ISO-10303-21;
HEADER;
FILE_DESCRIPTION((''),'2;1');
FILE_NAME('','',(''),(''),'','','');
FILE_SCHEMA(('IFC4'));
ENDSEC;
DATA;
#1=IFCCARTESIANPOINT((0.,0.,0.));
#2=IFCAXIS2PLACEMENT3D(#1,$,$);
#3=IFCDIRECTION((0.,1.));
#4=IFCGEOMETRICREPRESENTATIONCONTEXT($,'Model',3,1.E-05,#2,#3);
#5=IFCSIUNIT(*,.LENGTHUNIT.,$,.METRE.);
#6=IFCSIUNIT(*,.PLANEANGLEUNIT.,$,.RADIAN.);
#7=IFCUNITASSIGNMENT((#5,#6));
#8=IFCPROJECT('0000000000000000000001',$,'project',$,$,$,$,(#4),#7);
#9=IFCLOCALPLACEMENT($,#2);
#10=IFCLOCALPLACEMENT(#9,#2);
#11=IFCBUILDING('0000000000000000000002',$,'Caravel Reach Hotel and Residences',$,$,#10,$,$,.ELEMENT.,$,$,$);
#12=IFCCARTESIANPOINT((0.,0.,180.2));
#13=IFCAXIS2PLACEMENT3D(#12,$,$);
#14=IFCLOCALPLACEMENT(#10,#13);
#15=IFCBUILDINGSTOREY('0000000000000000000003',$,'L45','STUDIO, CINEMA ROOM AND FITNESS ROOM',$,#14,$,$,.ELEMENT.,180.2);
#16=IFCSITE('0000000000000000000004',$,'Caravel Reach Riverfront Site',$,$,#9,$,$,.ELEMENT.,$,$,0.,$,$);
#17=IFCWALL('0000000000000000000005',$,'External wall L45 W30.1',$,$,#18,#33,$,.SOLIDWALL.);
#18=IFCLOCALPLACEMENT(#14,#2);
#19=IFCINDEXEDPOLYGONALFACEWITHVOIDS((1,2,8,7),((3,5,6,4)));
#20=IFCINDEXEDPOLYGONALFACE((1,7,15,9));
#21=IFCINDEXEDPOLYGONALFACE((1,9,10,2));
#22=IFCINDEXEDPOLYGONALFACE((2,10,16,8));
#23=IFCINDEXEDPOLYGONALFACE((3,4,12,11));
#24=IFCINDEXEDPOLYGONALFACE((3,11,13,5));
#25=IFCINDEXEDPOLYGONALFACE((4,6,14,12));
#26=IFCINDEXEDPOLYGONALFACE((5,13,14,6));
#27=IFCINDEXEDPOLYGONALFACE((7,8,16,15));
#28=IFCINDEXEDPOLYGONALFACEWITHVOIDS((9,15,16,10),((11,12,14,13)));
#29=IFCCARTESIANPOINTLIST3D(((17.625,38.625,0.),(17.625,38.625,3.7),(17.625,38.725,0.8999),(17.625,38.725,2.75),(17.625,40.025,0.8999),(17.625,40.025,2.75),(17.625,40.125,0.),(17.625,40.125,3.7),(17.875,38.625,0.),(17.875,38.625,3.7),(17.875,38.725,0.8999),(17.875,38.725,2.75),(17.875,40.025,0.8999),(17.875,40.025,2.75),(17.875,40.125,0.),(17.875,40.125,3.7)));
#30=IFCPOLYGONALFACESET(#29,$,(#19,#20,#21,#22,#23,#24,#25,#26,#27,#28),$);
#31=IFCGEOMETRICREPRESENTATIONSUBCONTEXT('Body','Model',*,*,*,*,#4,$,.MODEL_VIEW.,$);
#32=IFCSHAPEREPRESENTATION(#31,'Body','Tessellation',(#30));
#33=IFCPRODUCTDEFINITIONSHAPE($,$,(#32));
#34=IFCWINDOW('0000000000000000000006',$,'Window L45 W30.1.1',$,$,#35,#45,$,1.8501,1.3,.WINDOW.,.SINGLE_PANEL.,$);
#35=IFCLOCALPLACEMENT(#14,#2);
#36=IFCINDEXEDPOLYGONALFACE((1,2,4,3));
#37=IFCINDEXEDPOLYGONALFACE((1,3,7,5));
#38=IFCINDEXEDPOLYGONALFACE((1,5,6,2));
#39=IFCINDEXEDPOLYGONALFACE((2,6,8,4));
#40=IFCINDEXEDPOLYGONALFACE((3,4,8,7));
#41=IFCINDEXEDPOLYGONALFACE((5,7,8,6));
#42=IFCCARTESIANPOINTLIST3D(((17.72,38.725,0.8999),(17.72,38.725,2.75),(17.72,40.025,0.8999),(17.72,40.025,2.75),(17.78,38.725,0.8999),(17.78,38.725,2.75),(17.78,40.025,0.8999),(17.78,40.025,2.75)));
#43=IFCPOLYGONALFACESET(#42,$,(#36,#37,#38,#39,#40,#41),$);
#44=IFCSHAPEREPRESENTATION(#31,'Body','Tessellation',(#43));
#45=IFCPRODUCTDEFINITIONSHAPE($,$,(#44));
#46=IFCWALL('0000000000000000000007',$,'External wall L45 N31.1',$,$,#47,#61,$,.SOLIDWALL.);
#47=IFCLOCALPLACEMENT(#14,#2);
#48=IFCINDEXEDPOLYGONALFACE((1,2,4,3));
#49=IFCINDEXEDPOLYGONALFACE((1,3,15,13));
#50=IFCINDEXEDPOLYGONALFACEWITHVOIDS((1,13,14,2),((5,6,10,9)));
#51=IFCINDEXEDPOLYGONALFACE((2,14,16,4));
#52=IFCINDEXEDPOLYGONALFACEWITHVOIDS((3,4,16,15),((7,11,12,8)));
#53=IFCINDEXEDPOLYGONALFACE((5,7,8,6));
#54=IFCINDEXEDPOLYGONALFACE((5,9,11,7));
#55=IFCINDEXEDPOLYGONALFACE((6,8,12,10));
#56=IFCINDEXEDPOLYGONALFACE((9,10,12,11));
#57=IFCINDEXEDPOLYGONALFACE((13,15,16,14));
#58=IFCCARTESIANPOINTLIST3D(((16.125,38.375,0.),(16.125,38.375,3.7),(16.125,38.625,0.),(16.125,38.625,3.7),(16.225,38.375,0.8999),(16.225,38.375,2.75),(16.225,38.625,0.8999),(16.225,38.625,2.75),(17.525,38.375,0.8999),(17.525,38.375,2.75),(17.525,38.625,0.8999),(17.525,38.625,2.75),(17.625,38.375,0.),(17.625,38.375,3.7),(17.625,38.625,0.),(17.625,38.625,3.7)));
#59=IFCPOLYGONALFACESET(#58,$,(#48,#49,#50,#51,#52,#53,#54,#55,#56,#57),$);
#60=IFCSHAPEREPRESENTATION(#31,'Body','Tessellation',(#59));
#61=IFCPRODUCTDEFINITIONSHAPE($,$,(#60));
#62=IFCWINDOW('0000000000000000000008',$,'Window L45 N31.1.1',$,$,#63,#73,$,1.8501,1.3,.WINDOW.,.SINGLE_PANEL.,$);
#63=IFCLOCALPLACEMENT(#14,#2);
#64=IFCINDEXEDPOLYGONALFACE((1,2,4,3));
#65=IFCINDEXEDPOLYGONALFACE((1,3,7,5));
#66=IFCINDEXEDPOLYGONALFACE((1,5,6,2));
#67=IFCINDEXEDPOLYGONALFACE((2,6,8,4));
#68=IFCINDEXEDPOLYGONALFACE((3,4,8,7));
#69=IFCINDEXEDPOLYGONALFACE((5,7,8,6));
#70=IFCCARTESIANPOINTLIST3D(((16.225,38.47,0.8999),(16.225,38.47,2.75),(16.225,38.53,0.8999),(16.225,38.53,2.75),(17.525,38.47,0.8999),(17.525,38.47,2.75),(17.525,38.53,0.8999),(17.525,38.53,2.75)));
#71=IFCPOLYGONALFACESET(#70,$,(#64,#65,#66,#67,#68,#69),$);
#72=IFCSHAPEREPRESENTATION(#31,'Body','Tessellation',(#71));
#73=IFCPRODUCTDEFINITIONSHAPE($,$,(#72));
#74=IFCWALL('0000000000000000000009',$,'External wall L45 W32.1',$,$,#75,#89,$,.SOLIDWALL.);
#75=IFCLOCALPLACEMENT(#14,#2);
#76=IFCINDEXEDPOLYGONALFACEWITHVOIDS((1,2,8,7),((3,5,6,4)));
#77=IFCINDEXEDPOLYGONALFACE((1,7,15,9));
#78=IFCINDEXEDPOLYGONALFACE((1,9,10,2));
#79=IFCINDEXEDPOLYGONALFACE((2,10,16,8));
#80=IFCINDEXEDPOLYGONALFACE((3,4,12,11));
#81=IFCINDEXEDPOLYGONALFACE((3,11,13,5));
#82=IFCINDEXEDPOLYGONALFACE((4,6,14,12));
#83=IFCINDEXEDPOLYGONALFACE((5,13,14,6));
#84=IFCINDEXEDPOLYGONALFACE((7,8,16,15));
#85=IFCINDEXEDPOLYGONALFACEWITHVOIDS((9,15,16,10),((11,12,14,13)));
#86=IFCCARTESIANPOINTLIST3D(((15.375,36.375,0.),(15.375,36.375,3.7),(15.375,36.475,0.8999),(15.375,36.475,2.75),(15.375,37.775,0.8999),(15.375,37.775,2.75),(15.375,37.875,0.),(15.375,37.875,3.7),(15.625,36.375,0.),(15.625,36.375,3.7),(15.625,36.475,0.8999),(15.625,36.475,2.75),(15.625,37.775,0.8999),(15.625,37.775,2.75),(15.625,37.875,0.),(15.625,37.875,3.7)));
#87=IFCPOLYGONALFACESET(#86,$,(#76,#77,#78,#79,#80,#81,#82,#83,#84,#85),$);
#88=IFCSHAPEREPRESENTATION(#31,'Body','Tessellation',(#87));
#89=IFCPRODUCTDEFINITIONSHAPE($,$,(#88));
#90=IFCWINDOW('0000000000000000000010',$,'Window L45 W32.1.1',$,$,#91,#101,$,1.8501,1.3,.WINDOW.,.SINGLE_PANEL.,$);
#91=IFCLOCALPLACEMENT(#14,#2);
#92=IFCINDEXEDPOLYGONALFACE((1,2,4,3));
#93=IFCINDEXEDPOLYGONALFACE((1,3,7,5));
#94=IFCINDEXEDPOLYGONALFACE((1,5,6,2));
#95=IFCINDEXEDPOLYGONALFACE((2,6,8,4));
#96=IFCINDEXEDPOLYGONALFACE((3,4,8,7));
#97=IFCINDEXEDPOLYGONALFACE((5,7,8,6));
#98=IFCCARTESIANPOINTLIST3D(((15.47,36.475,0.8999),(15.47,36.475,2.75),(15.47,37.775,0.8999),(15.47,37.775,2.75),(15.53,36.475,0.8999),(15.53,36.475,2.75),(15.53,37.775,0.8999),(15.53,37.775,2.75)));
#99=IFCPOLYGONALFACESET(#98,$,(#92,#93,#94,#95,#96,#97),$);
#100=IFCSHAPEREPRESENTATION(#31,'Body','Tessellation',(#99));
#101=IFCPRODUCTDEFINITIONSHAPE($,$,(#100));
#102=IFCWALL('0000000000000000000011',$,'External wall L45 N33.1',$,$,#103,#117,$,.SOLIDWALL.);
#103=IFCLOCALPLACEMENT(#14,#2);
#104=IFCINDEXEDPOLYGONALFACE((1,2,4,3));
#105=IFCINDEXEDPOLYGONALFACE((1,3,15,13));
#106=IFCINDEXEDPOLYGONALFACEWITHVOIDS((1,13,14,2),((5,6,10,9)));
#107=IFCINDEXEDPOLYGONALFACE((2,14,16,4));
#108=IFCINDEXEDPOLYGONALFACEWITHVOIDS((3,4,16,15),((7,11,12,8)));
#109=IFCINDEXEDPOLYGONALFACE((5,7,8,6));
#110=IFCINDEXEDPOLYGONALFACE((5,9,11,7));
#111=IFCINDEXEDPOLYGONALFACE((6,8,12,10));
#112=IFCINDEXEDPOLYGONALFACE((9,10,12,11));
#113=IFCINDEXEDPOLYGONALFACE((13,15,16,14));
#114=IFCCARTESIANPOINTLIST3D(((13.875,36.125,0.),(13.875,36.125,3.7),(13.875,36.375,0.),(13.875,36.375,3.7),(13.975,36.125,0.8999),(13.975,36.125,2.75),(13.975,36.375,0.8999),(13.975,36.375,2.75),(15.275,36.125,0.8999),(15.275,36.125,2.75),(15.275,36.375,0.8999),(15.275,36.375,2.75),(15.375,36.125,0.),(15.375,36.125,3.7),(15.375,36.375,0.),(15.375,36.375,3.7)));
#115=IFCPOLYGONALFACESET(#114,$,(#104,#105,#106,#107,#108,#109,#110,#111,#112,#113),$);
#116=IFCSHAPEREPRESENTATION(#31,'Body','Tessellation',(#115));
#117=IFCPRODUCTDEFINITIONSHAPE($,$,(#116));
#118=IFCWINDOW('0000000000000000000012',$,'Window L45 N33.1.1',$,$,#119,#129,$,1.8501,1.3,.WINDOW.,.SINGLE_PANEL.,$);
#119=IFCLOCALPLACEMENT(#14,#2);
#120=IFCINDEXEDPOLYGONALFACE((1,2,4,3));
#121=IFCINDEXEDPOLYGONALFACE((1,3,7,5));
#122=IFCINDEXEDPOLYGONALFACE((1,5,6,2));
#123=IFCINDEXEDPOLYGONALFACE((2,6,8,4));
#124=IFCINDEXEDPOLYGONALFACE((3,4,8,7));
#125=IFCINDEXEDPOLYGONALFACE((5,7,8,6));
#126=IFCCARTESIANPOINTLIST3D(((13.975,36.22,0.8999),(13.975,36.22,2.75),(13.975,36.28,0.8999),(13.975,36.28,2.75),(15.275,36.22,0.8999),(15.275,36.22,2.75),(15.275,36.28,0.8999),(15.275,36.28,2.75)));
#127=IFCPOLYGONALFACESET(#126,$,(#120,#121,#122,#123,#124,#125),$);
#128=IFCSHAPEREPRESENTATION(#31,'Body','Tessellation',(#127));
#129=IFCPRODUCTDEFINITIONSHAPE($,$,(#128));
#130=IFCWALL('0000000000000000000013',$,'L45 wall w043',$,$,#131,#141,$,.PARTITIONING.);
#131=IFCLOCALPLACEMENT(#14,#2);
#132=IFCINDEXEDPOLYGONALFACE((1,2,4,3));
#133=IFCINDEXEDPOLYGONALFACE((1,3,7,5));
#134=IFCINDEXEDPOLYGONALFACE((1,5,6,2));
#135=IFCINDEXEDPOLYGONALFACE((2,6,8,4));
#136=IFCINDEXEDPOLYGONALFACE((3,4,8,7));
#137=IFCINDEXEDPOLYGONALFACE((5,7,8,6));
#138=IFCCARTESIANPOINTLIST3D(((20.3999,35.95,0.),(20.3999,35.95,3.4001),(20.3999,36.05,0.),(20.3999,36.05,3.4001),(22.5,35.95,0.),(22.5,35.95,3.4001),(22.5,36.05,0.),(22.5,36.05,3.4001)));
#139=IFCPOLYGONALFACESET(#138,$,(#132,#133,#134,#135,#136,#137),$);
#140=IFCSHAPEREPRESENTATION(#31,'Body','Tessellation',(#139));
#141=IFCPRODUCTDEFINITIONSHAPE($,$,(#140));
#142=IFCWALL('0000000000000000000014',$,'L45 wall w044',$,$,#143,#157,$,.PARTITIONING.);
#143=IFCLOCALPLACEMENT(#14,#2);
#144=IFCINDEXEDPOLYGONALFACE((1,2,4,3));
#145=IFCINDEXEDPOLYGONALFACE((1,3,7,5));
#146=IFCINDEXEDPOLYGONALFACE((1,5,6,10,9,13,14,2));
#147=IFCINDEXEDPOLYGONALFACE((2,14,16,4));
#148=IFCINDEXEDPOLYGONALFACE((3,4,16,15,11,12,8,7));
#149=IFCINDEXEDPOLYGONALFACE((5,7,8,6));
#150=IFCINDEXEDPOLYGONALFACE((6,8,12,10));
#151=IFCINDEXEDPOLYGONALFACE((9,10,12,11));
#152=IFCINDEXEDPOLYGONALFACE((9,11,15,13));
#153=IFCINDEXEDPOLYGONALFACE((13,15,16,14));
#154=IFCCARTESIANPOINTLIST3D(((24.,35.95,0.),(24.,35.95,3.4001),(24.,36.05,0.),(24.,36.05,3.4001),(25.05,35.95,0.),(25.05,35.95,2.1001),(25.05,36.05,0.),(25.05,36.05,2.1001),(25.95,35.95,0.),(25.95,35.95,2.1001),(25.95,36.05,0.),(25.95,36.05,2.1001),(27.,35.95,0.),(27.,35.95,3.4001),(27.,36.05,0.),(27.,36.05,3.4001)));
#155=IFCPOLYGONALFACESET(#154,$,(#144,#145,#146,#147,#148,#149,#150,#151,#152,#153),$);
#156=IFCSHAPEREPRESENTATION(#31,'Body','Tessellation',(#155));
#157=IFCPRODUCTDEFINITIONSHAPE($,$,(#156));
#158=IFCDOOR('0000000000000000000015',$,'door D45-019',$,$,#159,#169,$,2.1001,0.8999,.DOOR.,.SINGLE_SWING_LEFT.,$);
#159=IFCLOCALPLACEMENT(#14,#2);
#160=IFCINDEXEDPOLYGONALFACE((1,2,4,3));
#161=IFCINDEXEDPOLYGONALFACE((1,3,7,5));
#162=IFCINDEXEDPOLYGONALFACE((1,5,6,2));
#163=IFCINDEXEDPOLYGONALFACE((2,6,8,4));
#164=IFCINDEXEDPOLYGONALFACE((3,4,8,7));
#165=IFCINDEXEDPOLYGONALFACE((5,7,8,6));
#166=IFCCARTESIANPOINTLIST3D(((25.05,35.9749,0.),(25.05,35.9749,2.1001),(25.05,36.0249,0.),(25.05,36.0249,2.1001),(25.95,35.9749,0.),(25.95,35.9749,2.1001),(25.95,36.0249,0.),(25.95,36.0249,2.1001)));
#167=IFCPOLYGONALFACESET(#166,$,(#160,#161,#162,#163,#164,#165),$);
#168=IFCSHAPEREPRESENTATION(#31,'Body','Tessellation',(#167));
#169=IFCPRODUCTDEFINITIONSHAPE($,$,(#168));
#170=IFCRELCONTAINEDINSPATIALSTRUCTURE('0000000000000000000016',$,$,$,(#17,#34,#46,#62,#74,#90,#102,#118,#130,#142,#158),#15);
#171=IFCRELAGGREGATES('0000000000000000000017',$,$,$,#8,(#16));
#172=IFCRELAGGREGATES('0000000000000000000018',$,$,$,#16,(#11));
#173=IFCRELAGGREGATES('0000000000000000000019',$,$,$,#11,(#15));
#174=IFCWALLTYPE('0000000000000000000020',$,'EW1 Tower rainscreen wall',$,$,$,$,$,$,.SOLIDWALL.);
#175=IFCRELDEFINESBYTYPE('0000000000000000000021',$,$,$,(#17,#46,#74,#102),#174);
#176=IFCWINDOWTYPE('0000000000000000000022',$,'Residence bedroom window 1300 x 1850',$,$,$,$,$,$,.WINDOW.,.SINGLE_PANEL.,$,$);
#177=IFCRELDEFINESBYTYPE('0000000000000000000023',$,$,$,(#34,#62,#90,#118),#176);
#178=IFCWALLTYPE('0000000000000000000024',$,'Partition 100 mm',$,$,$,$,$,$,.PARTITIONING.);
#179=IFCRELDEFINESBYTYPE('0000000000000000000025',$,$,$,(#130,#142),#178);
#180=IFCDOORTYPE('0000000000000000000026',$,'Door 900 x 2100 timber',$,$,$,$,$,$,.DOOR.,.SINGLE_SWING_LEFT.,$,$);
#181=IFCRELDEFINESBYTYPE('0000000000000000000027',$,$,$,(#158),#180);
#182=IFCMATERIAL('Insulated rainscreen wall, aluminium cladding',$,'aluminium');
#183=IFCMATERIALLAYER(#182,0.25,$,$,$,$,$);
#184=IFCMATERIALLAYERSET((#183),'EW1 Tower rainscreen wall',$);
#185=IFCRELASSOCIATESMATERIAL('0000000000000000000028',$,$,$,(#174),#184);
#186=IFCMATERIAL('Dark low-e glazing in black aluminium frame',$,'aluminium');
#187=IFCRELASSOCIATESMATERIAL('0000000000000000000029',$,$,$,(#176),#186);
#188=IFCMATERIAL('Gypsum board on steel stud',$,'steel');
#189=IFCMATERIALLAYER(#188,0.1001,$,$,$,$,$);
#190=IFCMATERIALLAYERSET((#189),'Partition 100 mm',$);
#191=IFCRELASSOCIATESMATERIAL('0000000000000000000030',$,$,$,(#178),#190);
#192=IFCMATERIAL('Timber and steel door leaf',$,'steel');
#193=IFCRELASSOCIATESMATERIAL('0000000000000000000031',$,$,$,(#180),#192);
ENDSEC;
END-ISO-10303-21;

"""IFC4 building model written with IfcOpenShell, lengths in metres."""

from ifc_helpers import new_model, si_unit, direction, frame, frame_2d, origin, place, context, subcontext, project, spatial, rectangle, extrude, material, layer, layer_set, type_object, element, fill, save


model = new_model("IFC4")

# Units and contexts
model_context = context("Model", 3, precision=1e-05, world=origin(), true_north=direction((0.0, 1.0)))
body_context = subcontext(model_context, "Body", "Model", "MODEL_VIEW")
ifc_project = project(units=[si_unit("LENGTHUNIT", "METRE"), si_unit("PLANEANGLEUNIT", "RADIAN")], contexts=[model_context])

# Site, building, storey
site_placement = place(None, origin())
site = spatial("IfcSite", under=ifc_project, at=site_placement, Name="Caravel Reach Riverfront Site", CompositionType="ELEMENT", RefElevation=0.0)
building_placement = place(site_placement, origin())
building = spatial("IfcBuilding", under=site, at=building_placement, Name="Caravel Reach Hotel and Residences", CompositionType="ELEMENT")
storey_placement = place(building_placement, frame((0.0, 0.0, 180.2)))
storey = spatial("IfcBuildingStorey", under=building, at=storey_placement, Name="L45", Description="STUDIO, CINEMA ROOM AND FITNESS ROOM", CompositionType="ELEMENT", Elevation=180.2)

# Shared definitions
ifc_material_1 = material(Name="Insulated rainscreen wall, aluminium cladding", Category="aluminium")
ifc_layer_1 = layer(ifc_material_1, 0.25)
ifc_layer_set_1 = layer_set([ifc_layer_1], Name="EW1 Tower rainscreen wall")
wall_type_1 = type_object("IfcWallType", Name="EW1 Tower rainscreen wall", PredefinedType="SOLIDWALL", material=ifc_layer_set_1)

# Walls, openings, windows
wall_1_placement = place(storey_placement, frame((17.75, 40.125, 0.0), z_axis=(0.0, 0.0, 1.0), x_axis=(0.0, -1.0, 0.0)))
wall_1 = element("IfcWall", 1, at=wall_1_placement, inside=storey, type_object=wall_type_1, Name="External wall L45 W30.1", PredefinedType="SOLIDWALL", context=body_context, shape_type="SweptSolid", body=[
    extrude(rectangle(XDim=1.5, YDim=0.25, at=frame_2d((0.75, 0.0))), origin(), (0.0, 0.0, 1.0), 3.7),
])
opening_1_placement = place(wall_1_placement, frame((0.1001, 0.0, 0.8999)))
opening_1 = element("IfcOpeningElement", 2, at=opening_1_placement, cuts=wall_1, PredefinedType="OPENING", context=body_context, shape_type="SweptSolid", body=[
    extrude(rectangle(XDim=1.3, YDim=1.8501, at=frame_2d((0.6499, 0.925))), frame((0.0, 0.135, 0.0), z_axis=(0.0, -1.0, 0.0), x_axis=(1.0, 0.0, 0.0)), (0.0, 0.0, 1.0), 0.27),
])
ifc_material_2 = material(Name="Dark low-e glazing in black aluminium frame", Category="aluminium")
window_type_1 = type_object("IfcWindowType", Name="Residence bedroom window 1300 x 1850", PartitioningType="SINGLE_PANEL", PredefinedType="WINDOW", material=ifc_material_2)
window_1_placement = place(opening_1_placement, origin())
window_1 = element("IfcWindow", 3, at=window_1_placement, inside=storey, type_object=window_type_1, Name="Window L45 W30.1.1", OverallHeight=1.8501, OverallWidth=1.3, PartitioningType="SINGLE_PANEL", PredefinedType="WINDOW", context=body_context, shape_type="SweptSolid", body=[
    extrude(rectangle(XDim=1.3, YDim=1.8501, at=frame_2d((0.6499, 0.925))), frame((0.0, 0.03, 0.0), z_axis=(0.0, -1.0, 0.0), x_axis=(1.0, 0.0, 0.0)), (0.0, 0.0, 1.0), 0.0601),
])
fill(opening_1, window_1)
wall_2_placement = place(storey_placement, frame((17.625, 38.5, 0.0), z_axis=(0.0, 0.0, 1.0), x_axis=(-1.0, 0.0, 0.0)))
wall_2 = element("IfcWall", 4, at=wall_2_placement, inside=storey, type_object=wall_type_1, Name="External wall L45 N31.1", PredefinedType="SOLIDWALL", context=body_context, shape_type="SweptSolid", body=[
    extrude(rectangle(XDim=1.5, YDim=0.25, at=frame_2d((0.75, 0.0))), origin(), (0.0, 0.0, 1.0), 3.7),
])
opening_2_placement = place(wall_2_placement, frame((0.1001, 0.0, 0.8999)))
opening_2 = element("IfcOpeningElement", 5, at=opening_2_placement, cuts=wall_2, PredefinedType="OPENING", context=body_context, shape_type="SweptSolid", body=[
    extrude(rectangle(XDim=1.3, YDim=1.8501, at=frame_2d((0.6499, 0.925))), frame((0.0, 0.135, 0.0), z_axis=(0.0, -1.0, 0.0), x_axis=(1.0, 0.0, 0.0)), (0.0, 0.0, 1.0), 0.27),
])
window_2_placement = place(opening_2_placement, origin())
window_2 = element("IfcWindow", 6, at=window_2_placement, inside=storey, type_object=window_type_1, Name="Window L45 N31.1.1", OverallHeight=1.8501, OverallWidth=1.3, PartitioningType="SINGLE_PANEL", PredefinedType="WINDOW", context=body_context, shape_type="SweptSolid", body=[
    extrude(rectangle(XDim=1.3, YDim=1.8501, at=frame_2d((0.6499, 0.925))), frame((0.0, 0.03, 0.0), z_axis=(0.0, -1.0, 0.0), x_axis=(1.0, 0.0, 0.0)), (0.0, 0.0, 1.0), 0.0601),
])
fill(opening_2, window_2)
wall_3_placement = place(storey_placement, frame((15.5, 37.875, 0.0), z_axis=(0.0, 0.0, 1.0), x_axis=(0.0, -1.0, 0.0)))
wall_3 = element("IfcWall", 7, at=wall_3_placement, inside=storey, type_object=wall_type_1, Name="External wall L45 W32.1", PredefinedType="SOLIDWALL", context=body_context, shape_type="SweptSolid", body=[
    extrude(rectangle(XDim=1.5, YDim=0.25, at=frame_2d((0.75, 0.0))), origin(), (0.0, 0.0, 1.0), 3.7),
])
opening_3_placement = place(wall_3_placement, frame((0.1001, 0.0, 0.8999)))
opening_3 = element("IfcOpeningElement", 8, at=opening_3_placement, cuts=wall_3, PredefinedType="OPENING", context=body_context, shape_type="SweptSolid", body=[
    extrude(rectangle(XDim=1.3, YDim=1.8501, at=frame_2d((0.6499, 0.925))), frame((0.0, 0.135, 0.0), z_axis=(0.0, -1.0, 0.0), x_axis=(1.0, 0.0, 0.0)), (0.0, 0.0, 1.0), 0.27),
])
window_3_placement = place(opening_3_placement, origin())
window_3 = element("IfcWindow", 9, at=window_3_placement, inside=storey, type_object=window_type_1, Name="Window L45 W32.1.1", OverallHeight=1.8501, OverallWidth=1.3, PartitioningType="SINGLE_PANEL", PredefinedType="WINDOW", context=body_context, shape_type="SweptSolid", body=[
    extrude(rectangle(XDim=1.3, YDim=1.8501, at=frame_2d((0.6499, 0.925))), frame((0.0, 0.03, 0.0), z_axis=(0.0, -1.0, 0.0), x_axis=(1.0, 0.0, 0.0)), (0.0, 0.0, 1.0), 0.0601),
])
fill(opening_3, window_3)
wall_4_placement = place(storey_placement, frame((15.375, 36.25, 0.0), z_axis=(0.0, 0.0, 1.0), x_axis=(-1.0, 0.0, 0.0)))
wall_4 = element("IfcWall", 10, at=wall_4_placement, inside=storey, type_object=wall_type_1, Name="External wall L45 N33.1", PredefinedType="SOLIDWALL", context=body_context, shape_type="SweptSolid", body=[
    extrude(rectangle(XDim=1.5, YDim=0.25, at=frame_2d((0.75, 0.0))), origin(), (0.0, 0.0, 1.0), 3.7),
])
opening_4_placement = place(wall_4_placement, frame((0.1001, 0.0, 0.8999)))
opening_4 = element("IfcOpeningElement", 11, at=opening_4_placement, cuts=wall_4, PredefinedType="OPENING", context=body_context, shape_type="SweptSolid", body=[
    extrude(rectangle(XDim=1.3, YDim=1.8501, at=frame_2d((0.6499, 0.925))), frame((0.0, 0.135, 0.0), z_axis=(0.0, -1.0, 0.0), x_axis=(1.0, 0.0, 0.0)), (0.0, 0.0, 1.0), 0.27),
])
window_4_placement = place(opening_4_placement, origin())
window_4 = element("IfcWindow", 12, at=window_4_placement, inside=storey, type_object=window_type_1, Name="Window L45 N33.1.1", OverallHeight=1.8501, OverallWidth=1.3, PartitioningType="SINGLE_PANEL", PredefinedType="WINDOW", context=body_context, shape_type="SweptSolid", body=[
    extrude(rectangle(XDim=1.3, YDim=1.8501, at=frame_2d((0.6499, 0.925))), frame((0.0, 0.03, 0.0), z_axis=(0.0, -1.0, 0.0), x_axis=(1.0, 0.0, 0.0)), (0.0, 0.0, 1.0), 0.0601),
])
fill(opening_4, window_4)

# Wall
ifc_material_3 = material(Name="Gypsum board on steel stud", Category="steel")
ifc_layer_2 = layer(ifc_material_3, 0.1001)
ifc_layer_set_2 = layer_set([ifc_layer_2], Name="Partition 100 mm")
wall_type_2 = type_object("IfcWallType", Name="Partition 100 mm", PredefinedType="PARTITIONING", material=ifc_layer_set_2)
wall_5_placement = place(storey_placement, frame((20.3999, 36.0, 0.0), z_axis=(0.0, 0.0, 1.0), x_axis=(1.0, 0.0, 0.0)))
element("IfcWall", 13, at=wall_5_placement, inside=storey, type_object=wall_type_2, Name="L45 wall w043", PredefinedType="PARTITIONING", context=body_context, shape_type="SweptSolid", body=[
    extrude(rectangle(XDim=2.1001, YDim=0.1001, at=frame_2d((1.05, 0.0))), origin(), (0.0, 0.0, 1.0), 3.4001),
])

# Wall, opening, door
wall_6_placement = place(storey_placement, frame((24.0, 36.0, 0.0), z_axis=(0.0, 0.0, 1.0), x_axis=(1.0, 0.0, 0.0)))
wall_6 = element("IfcWall", 14, at=wall_6_placement, inside=storey, type_object=wall_type_2, Name="L45 wall w044", PredefinedType="PARTITIONING", context=body_context, shape_type="SweptSolid", body=[
    extrude(rectangle(XDim=3.0, YDim=0.1001, at=frame_2d((1.5, 0.0))), origin(), (0.0, 0.0, 1.0), 3.4001),
])
opening_5_placement = place(wall_6_placement, frame((1.05, 0.0, 0.0)))
opening_5 = element("IfcOpeningElement", 15, at=opening_5_placement, cuts=wall_6, PredefinedType="OPENING", context=body_context, shape_type="SweptSolid", body=[
    extrude(rectangle(XDim=0.8999, YDim=2.1001, at=frame_2d((0.45, 1.05))), frame((0.0, 0.0601, 0.0), z_axis=(0.0, -1.0, 0.0), x_axis=(1.0, 0.0, 0.0)), (0.0, 0.0, 1.0), 0.1201),
])
ifc_material_4 = material(Name="Timber and steel door leaf", Category="steel")
door_type = type_object("IfcDoorType", Name="Door 900 x 2100 timber", OperationType="SINGLE_SWING_LEFT", PredefinedType="DOOR", material=ifc_material_4)
door_1_placement = place(opening_5_placement, origin())
door_1 = element("IfcDoor", 16, at=door_1_placement, inside=storey, type_object=door_type, Name="door D45-019", OperationType="SINGLE_SWING_LEFT", OverallHeight=2.1001, OverallWidth=0.8999, PredefinedType="DOOR", context=body_context, shape_type="SweptSolid", body=[
    extrude(rectangle(XDim=0.8999, YDim=2.1001, at=frame_2d((0.45, 1.05))), frame((0.0, 0.0249, 0.0), z_axis=(0.0, -1.0, 0.0), x_axis=(1.0, 0.0, 0.0)), (0.0, 0.0, 1.0), 0.05),
])
fill(opening_5, door_1)

save(model, "model.ifc")
